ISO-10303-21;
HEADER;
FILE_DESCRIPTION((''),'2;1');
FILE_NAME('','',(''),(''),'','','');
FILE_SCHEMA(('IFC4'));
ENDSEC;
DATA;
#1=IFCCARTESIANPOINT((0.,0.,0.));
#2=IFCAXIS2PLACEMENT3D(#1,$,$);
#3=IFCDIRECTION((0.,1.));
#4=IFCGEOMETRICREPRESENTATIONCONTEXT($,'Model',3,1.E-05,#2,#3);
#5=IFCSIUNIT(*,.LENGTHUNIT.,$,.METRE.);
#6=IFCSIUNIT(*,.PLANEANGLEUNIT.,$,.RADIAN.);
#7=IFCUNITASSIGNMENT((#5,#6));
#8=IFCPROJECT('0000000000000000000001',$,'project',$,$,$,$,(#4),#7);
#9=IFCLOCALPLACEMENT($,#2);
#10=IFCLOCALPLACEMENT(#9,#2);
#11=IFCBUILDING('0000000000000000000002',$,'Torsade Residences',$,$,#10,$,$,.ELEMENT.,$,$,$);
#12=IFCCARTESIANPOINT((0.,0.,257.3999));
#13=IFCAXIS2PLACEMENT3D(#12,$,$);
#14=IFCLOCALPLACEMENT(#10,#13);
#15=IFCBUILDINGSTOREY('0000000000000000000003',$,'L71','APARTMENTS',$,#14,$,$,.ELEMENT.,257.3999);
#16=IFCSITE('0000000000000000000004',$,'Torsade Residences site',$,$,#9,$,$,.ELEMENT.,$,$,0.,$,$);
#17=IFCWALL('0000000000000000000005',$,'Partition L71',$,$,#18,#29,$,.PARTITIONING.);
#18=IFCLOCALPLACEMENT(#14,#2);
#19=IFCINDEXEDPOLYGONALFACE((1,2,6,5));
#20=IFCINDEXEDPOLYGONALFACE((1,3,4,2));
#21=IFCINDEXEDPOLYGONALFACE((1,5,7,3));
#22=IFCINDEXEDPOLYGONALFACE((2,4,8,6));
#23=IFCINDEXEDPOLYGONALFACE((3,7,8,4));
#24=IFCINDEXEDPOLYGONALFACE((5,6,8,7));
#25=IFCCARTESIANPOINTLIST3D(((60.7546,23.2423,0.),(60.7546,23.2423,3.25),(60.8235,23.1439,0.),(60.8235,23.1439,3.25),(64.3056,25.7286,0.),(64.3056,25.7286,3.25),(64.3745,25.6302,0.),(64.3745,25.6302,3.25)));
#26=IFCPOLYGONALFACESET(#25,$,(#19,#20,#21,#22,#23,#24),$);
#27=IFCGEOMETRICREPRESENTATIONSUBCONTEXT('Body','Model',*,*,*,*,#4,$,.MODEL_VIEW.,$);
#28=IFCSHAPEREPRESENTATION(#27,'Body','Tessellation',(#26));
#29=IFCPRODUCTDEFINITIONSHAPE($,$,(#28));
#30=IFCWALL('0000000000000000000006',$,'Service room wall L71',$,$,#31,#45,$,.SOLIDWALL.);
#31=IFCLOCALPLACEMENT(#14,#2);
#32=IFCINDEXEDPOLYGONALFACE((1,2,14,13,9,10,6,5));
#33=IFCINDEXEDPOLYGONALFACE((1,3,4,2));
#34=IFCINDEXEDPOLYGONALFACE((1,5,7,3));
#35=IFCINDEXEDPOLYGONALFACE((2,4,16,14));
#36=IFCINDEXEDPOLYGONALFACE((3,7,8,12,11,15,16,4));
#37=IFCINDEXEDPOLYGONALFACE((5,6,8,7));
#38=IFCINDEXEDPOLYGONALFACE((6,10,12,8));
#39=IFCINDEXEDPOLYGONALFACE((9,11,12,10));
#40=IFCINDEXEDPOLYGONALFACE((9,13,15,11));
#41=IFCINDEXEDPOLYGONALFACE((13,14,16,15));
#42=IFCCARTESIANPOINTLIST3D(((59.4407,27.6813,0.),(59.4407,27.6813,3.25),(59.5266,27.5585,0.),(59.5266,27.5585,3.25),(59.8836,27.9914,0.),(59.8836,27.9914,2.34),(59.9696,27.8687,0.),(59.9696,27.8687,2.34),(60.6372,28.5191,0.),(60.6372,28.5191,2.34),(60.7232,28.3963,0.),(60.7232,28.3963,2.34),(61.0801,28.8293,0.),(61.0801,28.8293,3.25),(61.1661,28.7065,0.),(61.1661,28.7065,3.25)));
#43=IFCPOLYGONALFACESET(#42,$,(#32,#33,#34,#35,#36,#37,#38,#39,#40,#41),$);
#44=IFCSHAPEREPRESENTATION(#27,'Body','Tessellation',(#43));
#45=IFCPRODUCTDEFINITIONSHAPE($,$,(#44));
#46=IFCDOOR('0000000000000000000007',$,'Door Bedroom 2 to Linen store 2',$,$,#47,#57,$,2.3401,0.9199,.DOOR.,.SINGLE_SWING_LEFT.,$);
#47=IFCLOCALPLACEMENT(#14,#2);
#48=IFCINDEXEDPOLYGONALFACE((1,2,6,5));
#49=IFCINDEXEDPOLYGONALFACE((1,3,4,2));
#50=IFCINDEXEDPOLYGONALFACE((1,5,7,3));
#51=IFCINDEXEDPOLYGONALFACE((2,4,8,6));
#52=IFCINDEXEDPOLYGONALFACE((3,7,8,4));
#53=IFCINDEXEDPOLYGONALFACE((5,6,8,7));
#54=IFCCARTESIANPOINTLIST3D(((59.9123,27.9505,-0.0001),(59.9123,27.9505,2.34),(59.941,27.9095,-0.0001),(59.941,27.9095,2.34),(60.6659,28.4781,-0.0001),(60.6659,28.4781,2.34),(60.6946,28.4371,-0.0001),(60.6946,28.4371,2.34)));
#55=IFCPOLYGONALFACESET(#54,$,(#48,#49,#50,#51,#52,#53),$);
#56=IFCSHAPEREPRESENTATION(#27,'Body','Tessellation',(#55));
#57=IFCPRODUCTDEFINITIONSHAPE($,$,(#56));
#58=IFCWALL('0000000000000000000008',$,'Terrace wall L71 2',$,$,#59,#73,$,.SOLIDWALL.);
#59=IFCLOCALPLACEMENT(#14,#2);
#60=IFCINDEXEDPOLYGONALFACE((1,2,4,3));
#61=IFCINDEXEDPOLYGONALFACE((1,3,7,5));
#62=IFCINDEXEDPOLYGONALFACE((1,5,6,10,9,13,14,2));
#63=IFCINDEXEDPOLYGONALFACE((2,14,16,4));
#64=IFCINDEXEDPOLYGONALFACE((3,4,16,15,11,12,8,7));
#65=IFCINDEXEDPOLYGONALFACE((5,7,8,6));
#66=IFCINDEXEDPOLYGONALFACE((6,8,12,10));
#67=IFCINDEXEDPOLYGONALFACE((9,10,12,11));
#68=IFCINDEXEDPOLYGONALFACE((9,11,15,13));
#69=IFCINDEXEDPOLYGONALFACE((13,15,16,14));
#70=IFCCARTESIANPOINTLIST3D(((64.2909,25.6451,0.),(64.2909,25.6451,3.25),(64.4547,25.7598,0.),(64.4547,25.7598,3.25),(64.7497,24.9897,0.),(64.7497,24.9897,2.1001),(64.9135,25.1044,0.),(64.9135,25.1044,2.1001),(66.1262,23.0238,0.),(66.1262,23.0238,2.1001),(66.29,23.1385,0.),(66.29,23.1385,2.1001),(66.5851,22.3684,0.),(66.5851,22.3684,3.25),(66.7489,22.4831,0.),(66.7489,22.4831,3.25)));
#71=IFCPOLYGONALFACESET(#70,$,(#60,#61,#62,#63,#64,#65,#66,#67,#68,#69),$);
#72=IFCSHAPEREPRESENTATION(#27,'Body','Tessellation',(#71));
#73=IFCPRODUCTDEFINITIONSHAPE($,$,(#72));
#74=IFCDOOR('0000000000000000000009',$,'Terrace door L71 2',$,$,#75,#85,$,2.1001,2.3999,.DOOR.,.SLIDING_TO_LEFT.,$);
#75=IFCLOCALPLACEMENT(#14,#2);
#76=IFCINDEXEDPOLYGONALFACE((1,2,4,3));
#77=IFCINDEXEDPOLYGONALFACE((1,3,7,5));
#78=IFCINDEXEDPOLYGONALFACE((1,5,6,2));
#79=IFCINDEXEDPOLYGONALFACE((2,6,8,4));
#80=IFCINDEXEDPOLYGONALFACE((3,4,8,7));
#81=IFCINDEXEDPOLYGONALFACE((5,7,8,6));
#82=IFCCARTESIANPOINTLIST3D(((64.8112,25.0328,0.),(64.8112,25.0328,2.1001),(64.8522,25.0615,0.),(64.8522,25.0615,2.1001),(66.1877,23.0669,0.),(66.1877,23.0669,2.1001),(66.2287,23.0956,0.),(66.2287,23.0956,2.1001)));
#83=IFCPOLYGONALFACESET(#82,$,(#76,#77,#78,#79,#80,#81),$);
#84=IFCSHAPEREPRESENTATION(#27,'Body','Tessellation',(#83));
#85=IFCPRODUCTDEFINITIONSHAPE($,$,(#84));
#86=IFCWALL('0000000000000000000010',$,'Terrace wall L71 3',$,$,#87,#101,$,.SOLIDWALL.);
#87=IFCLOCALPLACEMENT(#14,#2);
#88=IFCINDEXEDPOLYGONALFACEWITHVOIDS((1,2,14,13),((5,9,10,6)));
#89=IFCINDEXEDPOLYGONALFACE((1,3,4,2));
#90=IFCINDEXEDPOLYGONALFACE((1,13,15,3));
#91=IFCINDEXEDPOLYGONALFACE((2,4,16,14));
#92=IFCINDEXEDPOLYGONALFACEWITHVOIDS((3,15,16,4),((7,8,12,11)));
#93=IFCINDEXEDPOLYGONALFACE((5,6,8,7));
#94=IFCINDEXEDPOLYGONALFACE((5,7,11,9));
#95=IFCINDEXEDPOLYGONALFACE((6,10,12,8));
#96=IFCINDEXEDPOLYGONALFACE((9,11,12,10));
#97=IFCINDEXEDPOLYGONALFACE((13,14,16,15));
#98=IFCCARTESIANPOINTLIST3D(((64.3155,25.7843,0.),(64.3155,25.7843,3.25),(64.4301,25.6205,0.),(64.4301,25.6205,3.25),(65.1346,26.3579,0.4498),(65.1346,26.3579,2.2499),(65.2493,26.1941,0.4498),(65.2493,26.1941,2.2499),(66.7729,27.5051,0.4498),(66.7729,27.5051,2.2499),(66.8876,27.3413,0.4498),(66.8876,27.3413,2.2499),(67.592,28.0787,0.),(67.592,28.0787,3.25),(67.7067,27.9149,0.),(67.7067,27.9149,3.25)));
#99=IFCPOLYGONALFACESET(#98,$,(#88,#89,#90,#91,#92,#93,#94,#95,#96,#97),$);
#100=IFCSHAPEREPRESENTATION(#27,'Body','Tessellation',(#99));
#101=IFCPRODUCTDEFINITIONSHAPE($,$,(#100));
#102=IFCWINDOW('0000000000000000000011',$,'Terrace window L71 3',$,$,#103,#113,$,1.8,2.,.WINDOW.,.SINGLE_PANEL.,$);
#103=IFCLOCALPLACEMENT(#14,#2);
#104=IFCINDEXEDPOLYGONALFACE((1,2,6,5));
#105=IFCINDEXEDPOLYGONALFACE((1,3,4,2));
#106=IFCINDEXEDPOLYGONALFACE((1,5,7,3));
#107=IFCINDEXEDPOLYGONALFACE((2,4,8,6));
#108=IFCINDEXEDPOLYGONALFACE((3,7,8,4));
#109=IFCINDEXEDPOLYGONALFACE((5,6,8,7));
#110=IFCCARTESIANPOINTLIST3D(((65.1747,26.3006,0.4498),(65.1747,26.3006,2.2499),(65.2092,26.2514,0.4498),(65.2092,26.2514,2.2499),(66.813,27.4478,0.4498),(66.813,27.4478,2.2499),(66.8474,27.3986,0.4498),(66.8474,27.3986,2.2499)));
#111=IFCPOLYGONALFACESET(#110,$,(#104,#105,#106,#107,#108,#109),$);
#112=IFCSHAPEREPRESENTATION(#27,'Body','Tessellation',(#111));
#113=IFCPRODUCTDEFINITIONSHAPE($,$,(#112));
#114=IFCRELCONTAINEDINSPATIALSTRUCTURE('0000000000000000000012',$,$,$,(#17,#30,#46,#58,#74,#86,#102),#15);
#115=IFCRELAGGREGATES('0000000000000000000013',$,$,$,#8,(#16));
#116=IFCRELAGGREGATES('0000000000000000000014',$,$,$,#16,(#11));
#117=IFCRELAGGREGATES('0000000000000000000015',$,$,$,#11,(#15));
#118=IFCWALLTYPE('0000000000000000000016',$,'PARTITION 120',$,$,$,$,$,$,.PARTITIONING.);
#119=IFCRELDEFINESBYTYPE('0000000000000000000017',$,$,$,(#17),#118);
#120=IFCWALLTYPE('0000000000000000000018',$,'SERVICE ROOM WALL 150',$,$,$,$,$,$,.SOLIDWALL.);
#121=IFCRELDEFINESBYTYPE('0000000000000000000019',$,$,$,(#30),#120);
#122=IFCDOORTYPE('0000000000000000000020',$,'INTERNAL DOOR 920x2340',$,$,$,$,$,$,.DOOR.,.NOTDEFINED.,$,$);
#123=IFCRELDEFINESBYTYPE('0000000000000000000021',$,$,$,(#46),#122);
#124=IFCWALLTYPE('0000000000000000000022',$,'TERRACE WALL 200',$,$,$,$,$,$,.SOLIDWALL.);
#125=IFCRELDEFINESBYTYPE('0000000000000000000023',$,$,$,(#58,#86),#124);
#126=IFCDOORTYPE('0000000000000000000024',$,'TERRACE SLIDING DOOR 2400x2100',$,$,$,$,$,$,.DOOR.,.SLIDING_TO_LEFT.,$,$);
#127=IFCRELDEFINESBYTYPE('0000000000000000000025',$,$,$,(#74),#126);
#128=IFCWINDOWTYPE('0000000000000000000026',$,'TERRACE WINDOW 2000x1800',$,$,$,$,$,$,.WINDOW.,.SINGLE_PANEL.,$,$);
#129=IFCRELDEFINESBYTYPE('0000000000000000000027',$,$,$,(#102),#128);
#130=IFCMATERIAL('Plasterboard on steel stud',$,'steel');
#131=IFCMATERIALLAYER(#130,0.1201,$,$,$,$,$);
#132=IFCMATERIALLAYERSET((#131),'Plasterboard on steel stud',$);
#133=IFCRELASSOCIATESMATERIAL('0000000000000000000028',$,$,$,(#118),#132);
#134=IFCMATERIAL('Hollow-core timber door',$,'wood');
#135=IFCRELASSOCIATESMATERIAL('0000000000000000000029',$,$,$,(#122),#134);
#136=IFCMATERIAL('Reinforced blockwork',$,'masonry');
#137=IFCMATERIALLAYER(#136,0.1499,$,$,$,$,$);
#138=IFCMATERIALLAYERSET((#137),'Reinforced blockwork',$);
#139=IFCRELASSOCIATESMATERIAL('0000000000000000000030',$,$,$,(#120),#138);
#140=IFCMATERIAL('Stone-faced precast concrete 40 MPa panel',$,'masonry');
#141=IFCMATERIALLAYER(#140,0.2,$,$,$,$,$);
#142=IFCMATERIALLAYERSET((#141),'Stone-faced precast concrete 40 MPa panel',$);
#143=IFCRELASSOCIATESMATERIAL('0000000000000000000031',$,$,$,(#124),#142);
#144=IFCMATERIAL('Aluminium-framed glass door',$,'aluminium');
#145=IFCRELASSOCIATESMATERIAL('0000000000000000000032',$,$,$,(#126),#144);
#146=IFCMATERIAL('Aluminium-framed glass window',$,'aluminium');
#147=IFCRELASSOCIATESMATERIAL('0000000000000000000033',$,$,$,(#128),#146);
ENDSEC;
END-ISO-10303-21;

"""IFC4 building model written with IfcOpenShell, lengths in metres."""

from ifc_helpers import new_model, si_unit, direction, frame, frame_2d, origin, place, context, subcontext, project, spatial, rectangle, extrude, material, layer, layer_set, type_object, element, fill, save


model = new_model("IFC4")

# Units and contexts
model_context = context("Model", 3, precision=1e-05, world=origin(), true_north=direction((0.0, 1.0)))
body_context = subcontext(model_context, "Body", "Model", "MODEL_VIEW")
ifc_project = project(units=[si_unit("LENGTHUNIT", "METRE"), si_unit("PLANEANGLEUNIT", "RADIAN")], contexts=[model_context])

# Site, building, storey
site_placement = place(None, origin())
site = spatial("IfcSite", under=ifc_project, at=site_placement, Name="Torsade Residences site", CompositionType="ELEMENT", RefElevation=0.0)
building_placement = place(site_placement, origin())
building = spatial("IfcBuilding", under=site, at=building_placement, Name="Torsade Residences", CompositionType="ELEMENT")
storey_placement = place(building_placement, frame((0.0, 0.0, 257.3999)))
storey = spatial("IfcBuildingStorey", under=building, at=storey_placement, Name="L71", Description="APARTMENTS", CompositionType="ELEMENT", Elevation=257.3999)

# Shared definitions
ifc_material_1 = material(Name="Plasterboard on steel stud", Category="steel")
ifc_layer_1 = layer(ifc_material_1, 0.1201)
ifc_layer_set_1 = layer_set([ifc_layer_1], Name="Plasterboard on steel stud")
wall_type_1 = type_object("IfcWallType", Name="PARTITION 120", PredefinedType="PARTITIONING", material=ifc_layer_set_1)
ifc_material_2 = material(Name="Hollow-core timber door", Category="wood")
door_type_1 = type_object("IfcDoorType", Name="INTERNAL DOOR 920x2340", OperationType="NOTDEFINED", PredefinedType="DOOR", material=ifc_material_2)

# Wall
wall_1_placement = place(storey_placement, frame((64.3401, 25.6794, 0.0), z_axis=(0.0, 0.0, 1.0), x_axis=(-0.819166, -0.573557, 0.0)))
element("IfcWall", 1, at=wall_1_placement, inside=storey, type_object=wall_type_1, Name="Partition L71", PredefinedType="PARTITIONING", context=body_context, shape_type="SweptSolid", body=[
    extrude(rectangle(XDim=4.335, YDim=0.1201, at=frame_2d((2.1675, 0.0))), origin(), (0.0, 0.0, 1.0), 3.25),
])

# Walls, openings, doors
ifc_material_3 = material(Name="Reinforced blockwork", Category="masonry")
ifc_layer_2 = layer(ifc_material_3, 0.1499)
ifc_layer_set_2 = layer_set([ifc_layer_2], Name="Reinforced blockwork")
wall_type_2 = type_object("IfcWallType", Name="SERVICE ROOM WALL 150", PredefinedType="SOLIDWALL", material=ifc_layer_set_2)
wall_2_placement = place(storey_placement, frame((59.4836, 27.6199, 0.0), z_axis=(0.0, 0.0, 1.0), x_axis=(0.819146, 0.573585, 0.0)))
wall_2 = element("IfcWall", 2, at=wall_2_placement, inside=storey, type_object=wall_type_2, Name="Service room wall L71", PredefinedType="SOLIDWALL", context=body_context, shape_type="SweptSolid", body=[
    extrude(rectangle(XDim=2.0015, YDim=0.1499, at=frame_2d((1.0007, 0.0))), origin(), (0.0, 0.0, 1.0), 3.25),
])
opening_1_placement = place(wall_2_placement, frame((0.5408, 0.0, 0.0)))
opening_1 = element("IfcOpeningElement", 3, at=opening_1_placement, cuts=wall_2, PredefinedType="OPENING", context=body_context, shape_type="SweptSolid", body=[
    extrude(rectangle(XDim=0.9199, YDim=2.3401, at=frame_2d((0.46, 1.1699))), frame((0.0, 0.085, 0.0), z_axis=(0.0, -1.0, 0.0), x_axis=(1.0, 0.0, 0.0)), (0.0, 0.0, 1.0), 0.1699),
])
door_1_placement = place(opening_1_placement, origin())
door_1 = element("IfcDoor", 4, at=door_1_placement, inside=storey, type_object=door_type_1, Name="Door Bedroom 2 to Linen store 2", OperationType="SINGLE_SWING_LEFT", OverallHeight=2.3401, OverallWidth=0.9199, PredefinedType="DOOR", context=body_context, shape_type="SweptSolid", body=[
    extrude(rectangle(XDim=0.9199, YDim=2.3401, at=frame_2d((0.46, 1.1699))), frame((0.0, 0.0249, 0.0), z_axis=(0.0, -1.0, 0.0), x_axis=(1.0, 0.0, 0.0)), (0.0, 0.0, 1.0), 0.05),
])
fill(opening_1, door_1)
ifc_material_4 = material(Name="Stone-faced precast concrete 40 MPa panel", Category="masonry")
ifc_layer_3 = layer(ifc_material_4, 0.2)
ifc_layer_set_3 = layer_set([ifc_layer_3], Name="Stone-faced precast concrete 40 MPa panel")
wall_type_3 = type_object("IfcWallType", Name="TERRACE WALL 200", PredefinedType="SOLIDWALL", material=ifc_layer_set_3)
wall_3_placement = place(storey_placement, frame((66.667, 22.4258, 0.0), z_axis=(0.0, 0.0, 1.0), x_axis=(-0.573557, 0.819166, 0.0)))
wall_3 = element("IfcWall", 5, at=wall_3_placement, inside=storey, type_object=wall_type_3, Name="Terrace wall L71 2", PredefinedType="SOLIDWALL", context=body_context, shape_type="SweptSolid", body=[
    extrude(rectangle(XDim=4.0, YDim=0.2, at=frame_2d((2.0, 0.0))), origin(), (0.0, 0.0, 1.0), 3.25),
])
opening_2_placement = place(wall_3_placement, frame((0.8, 0.0, 0.0)))
opening_2 = element("IfcOpeningElement", 6, at=opening_2_placement, cuts=wall_3, PredefinedType="OPENING", context=body_context, shape_type="SweptSolid", body=[
    extrude(rectangle(XDim=2.3999, YDim=2.1001, at=frame_2d((1.2, 1.05))), frame((0.0, 0.1099, 0.0), z_axis=(0.0, -1.0, 0.0), x_axis=(1.0, 0.0, 0.0)), (0.0, 0.0, 1.0), 0.22),
])
ifc_material_5 = material(Name="Aluminium-framed glass door", Category="aluminium")
door_type_2 = type_object("IfcDoorType", Name="TERRACE SLIDING DOOR 2400x2100", OperationType="SLIDING_TO_LEFT", PredefinedType="DOOR", material=ifc_material_5)
door_2_placement = place(opening_2_placement, origin())
door_2 = element("IfcDoor", 7, at=door_2_placement, inside=storey, type_object=door_type_2, Name="Terrace door L71 2", OperationType="SLIDING_TO_LEFT", OverallHeight=2.1001, OverallWidth=2.3999, PredefinedType="DOOR", context=body_context, shape_type="SweptSolid", body=[
    extrude(rectangle(XDim=2.3999, YDim=2.1001, at=frame_2d((1.2, 1.05))), frame((0.0, 0.0249, 0.0), z_axis=(0.0, -1.0, 0.0), x_axis=(1.0, 0.0, 0.0)), (0.0, 0.0, 1.0), 0.05),
])
fill(opening_2, door_2)

# Wall, opening, window
wall_4_placement = place(storey_placement, frame((64.3728, 25.7024, 0.0), z_axis=(0.0, 0.0, 1.0), x_axis=(0.819137, 0.573598, 0.0)))
wall_4 = element("IfcWall", 8, at=wall_4_placement, inside=storey, type_object=wall_type_3, Name="Terrace wall L71 3", PredefinedType="SOLIDWALL", context=body_context, shape_type="SweptSolid", body=[
    extrude(rectangle(XDim=4.0, YDim=0.2, at=frame_2d((2.0, 0.0))), origin(), (0.0, 0.0, 1.0), 3.25),
])
opening_3_placement = place(wall_4_placement, frame((1.0, 0.0, 0.45)))
opening_3 = element("IfcOpeningElement", 9, at=opening_3_placement, cuts=wall_4, PredefinedType="OPENING", context=body_context, shape_type="SweptSolid", body=[
    extrude(rectangle(XDim=2.0, YDim=1.8, at=frame_2d((1.0, 0.8999))), frame((0.0, 0.1099, 0.0), z_axis=(0.0, -1.0, 0.0), x_axis=(1.0, 0.0, 0.0)), (0.0, 0.0, 1.0), 0.22),
])
ifc_material_6 = material(Name="Aluminium-framed glass window", Category="aluminium")
window_type = type_object("IfcWindowType", Name="TERRACE WINDOW 2000x1800", PartitioningType="SINGLE_PANEL", PredefinedType="WINDOW", material=ifc_material_6)
window_placement = place(opening_3_placement, origin())
window = element("IfcWindow", 10, at=window_placement, inside=storey, type_object=window_type, Name="Terrace window L71 3", OverallHeight=1.8, OverallWidth=2.0, PartitioningType="SINGLE_PANEL", PredefinedType="WINDOW", context=body_context, shape_type="SweptSolid", body=[
    extrude(rectangle(XDim=2.0, YDim=1.8, at=frame_2d((1.0, 0.8999))), frame((0.0, 0.03, 0.0), z_axis=(0.0, -1.0, 0.0), x_axis=(1.0, 0.0, 0.0)), (0.0, 0.0, 1.0), 0.0601),
])
fill(opening_3, window)

save(model, "model.ifc")
